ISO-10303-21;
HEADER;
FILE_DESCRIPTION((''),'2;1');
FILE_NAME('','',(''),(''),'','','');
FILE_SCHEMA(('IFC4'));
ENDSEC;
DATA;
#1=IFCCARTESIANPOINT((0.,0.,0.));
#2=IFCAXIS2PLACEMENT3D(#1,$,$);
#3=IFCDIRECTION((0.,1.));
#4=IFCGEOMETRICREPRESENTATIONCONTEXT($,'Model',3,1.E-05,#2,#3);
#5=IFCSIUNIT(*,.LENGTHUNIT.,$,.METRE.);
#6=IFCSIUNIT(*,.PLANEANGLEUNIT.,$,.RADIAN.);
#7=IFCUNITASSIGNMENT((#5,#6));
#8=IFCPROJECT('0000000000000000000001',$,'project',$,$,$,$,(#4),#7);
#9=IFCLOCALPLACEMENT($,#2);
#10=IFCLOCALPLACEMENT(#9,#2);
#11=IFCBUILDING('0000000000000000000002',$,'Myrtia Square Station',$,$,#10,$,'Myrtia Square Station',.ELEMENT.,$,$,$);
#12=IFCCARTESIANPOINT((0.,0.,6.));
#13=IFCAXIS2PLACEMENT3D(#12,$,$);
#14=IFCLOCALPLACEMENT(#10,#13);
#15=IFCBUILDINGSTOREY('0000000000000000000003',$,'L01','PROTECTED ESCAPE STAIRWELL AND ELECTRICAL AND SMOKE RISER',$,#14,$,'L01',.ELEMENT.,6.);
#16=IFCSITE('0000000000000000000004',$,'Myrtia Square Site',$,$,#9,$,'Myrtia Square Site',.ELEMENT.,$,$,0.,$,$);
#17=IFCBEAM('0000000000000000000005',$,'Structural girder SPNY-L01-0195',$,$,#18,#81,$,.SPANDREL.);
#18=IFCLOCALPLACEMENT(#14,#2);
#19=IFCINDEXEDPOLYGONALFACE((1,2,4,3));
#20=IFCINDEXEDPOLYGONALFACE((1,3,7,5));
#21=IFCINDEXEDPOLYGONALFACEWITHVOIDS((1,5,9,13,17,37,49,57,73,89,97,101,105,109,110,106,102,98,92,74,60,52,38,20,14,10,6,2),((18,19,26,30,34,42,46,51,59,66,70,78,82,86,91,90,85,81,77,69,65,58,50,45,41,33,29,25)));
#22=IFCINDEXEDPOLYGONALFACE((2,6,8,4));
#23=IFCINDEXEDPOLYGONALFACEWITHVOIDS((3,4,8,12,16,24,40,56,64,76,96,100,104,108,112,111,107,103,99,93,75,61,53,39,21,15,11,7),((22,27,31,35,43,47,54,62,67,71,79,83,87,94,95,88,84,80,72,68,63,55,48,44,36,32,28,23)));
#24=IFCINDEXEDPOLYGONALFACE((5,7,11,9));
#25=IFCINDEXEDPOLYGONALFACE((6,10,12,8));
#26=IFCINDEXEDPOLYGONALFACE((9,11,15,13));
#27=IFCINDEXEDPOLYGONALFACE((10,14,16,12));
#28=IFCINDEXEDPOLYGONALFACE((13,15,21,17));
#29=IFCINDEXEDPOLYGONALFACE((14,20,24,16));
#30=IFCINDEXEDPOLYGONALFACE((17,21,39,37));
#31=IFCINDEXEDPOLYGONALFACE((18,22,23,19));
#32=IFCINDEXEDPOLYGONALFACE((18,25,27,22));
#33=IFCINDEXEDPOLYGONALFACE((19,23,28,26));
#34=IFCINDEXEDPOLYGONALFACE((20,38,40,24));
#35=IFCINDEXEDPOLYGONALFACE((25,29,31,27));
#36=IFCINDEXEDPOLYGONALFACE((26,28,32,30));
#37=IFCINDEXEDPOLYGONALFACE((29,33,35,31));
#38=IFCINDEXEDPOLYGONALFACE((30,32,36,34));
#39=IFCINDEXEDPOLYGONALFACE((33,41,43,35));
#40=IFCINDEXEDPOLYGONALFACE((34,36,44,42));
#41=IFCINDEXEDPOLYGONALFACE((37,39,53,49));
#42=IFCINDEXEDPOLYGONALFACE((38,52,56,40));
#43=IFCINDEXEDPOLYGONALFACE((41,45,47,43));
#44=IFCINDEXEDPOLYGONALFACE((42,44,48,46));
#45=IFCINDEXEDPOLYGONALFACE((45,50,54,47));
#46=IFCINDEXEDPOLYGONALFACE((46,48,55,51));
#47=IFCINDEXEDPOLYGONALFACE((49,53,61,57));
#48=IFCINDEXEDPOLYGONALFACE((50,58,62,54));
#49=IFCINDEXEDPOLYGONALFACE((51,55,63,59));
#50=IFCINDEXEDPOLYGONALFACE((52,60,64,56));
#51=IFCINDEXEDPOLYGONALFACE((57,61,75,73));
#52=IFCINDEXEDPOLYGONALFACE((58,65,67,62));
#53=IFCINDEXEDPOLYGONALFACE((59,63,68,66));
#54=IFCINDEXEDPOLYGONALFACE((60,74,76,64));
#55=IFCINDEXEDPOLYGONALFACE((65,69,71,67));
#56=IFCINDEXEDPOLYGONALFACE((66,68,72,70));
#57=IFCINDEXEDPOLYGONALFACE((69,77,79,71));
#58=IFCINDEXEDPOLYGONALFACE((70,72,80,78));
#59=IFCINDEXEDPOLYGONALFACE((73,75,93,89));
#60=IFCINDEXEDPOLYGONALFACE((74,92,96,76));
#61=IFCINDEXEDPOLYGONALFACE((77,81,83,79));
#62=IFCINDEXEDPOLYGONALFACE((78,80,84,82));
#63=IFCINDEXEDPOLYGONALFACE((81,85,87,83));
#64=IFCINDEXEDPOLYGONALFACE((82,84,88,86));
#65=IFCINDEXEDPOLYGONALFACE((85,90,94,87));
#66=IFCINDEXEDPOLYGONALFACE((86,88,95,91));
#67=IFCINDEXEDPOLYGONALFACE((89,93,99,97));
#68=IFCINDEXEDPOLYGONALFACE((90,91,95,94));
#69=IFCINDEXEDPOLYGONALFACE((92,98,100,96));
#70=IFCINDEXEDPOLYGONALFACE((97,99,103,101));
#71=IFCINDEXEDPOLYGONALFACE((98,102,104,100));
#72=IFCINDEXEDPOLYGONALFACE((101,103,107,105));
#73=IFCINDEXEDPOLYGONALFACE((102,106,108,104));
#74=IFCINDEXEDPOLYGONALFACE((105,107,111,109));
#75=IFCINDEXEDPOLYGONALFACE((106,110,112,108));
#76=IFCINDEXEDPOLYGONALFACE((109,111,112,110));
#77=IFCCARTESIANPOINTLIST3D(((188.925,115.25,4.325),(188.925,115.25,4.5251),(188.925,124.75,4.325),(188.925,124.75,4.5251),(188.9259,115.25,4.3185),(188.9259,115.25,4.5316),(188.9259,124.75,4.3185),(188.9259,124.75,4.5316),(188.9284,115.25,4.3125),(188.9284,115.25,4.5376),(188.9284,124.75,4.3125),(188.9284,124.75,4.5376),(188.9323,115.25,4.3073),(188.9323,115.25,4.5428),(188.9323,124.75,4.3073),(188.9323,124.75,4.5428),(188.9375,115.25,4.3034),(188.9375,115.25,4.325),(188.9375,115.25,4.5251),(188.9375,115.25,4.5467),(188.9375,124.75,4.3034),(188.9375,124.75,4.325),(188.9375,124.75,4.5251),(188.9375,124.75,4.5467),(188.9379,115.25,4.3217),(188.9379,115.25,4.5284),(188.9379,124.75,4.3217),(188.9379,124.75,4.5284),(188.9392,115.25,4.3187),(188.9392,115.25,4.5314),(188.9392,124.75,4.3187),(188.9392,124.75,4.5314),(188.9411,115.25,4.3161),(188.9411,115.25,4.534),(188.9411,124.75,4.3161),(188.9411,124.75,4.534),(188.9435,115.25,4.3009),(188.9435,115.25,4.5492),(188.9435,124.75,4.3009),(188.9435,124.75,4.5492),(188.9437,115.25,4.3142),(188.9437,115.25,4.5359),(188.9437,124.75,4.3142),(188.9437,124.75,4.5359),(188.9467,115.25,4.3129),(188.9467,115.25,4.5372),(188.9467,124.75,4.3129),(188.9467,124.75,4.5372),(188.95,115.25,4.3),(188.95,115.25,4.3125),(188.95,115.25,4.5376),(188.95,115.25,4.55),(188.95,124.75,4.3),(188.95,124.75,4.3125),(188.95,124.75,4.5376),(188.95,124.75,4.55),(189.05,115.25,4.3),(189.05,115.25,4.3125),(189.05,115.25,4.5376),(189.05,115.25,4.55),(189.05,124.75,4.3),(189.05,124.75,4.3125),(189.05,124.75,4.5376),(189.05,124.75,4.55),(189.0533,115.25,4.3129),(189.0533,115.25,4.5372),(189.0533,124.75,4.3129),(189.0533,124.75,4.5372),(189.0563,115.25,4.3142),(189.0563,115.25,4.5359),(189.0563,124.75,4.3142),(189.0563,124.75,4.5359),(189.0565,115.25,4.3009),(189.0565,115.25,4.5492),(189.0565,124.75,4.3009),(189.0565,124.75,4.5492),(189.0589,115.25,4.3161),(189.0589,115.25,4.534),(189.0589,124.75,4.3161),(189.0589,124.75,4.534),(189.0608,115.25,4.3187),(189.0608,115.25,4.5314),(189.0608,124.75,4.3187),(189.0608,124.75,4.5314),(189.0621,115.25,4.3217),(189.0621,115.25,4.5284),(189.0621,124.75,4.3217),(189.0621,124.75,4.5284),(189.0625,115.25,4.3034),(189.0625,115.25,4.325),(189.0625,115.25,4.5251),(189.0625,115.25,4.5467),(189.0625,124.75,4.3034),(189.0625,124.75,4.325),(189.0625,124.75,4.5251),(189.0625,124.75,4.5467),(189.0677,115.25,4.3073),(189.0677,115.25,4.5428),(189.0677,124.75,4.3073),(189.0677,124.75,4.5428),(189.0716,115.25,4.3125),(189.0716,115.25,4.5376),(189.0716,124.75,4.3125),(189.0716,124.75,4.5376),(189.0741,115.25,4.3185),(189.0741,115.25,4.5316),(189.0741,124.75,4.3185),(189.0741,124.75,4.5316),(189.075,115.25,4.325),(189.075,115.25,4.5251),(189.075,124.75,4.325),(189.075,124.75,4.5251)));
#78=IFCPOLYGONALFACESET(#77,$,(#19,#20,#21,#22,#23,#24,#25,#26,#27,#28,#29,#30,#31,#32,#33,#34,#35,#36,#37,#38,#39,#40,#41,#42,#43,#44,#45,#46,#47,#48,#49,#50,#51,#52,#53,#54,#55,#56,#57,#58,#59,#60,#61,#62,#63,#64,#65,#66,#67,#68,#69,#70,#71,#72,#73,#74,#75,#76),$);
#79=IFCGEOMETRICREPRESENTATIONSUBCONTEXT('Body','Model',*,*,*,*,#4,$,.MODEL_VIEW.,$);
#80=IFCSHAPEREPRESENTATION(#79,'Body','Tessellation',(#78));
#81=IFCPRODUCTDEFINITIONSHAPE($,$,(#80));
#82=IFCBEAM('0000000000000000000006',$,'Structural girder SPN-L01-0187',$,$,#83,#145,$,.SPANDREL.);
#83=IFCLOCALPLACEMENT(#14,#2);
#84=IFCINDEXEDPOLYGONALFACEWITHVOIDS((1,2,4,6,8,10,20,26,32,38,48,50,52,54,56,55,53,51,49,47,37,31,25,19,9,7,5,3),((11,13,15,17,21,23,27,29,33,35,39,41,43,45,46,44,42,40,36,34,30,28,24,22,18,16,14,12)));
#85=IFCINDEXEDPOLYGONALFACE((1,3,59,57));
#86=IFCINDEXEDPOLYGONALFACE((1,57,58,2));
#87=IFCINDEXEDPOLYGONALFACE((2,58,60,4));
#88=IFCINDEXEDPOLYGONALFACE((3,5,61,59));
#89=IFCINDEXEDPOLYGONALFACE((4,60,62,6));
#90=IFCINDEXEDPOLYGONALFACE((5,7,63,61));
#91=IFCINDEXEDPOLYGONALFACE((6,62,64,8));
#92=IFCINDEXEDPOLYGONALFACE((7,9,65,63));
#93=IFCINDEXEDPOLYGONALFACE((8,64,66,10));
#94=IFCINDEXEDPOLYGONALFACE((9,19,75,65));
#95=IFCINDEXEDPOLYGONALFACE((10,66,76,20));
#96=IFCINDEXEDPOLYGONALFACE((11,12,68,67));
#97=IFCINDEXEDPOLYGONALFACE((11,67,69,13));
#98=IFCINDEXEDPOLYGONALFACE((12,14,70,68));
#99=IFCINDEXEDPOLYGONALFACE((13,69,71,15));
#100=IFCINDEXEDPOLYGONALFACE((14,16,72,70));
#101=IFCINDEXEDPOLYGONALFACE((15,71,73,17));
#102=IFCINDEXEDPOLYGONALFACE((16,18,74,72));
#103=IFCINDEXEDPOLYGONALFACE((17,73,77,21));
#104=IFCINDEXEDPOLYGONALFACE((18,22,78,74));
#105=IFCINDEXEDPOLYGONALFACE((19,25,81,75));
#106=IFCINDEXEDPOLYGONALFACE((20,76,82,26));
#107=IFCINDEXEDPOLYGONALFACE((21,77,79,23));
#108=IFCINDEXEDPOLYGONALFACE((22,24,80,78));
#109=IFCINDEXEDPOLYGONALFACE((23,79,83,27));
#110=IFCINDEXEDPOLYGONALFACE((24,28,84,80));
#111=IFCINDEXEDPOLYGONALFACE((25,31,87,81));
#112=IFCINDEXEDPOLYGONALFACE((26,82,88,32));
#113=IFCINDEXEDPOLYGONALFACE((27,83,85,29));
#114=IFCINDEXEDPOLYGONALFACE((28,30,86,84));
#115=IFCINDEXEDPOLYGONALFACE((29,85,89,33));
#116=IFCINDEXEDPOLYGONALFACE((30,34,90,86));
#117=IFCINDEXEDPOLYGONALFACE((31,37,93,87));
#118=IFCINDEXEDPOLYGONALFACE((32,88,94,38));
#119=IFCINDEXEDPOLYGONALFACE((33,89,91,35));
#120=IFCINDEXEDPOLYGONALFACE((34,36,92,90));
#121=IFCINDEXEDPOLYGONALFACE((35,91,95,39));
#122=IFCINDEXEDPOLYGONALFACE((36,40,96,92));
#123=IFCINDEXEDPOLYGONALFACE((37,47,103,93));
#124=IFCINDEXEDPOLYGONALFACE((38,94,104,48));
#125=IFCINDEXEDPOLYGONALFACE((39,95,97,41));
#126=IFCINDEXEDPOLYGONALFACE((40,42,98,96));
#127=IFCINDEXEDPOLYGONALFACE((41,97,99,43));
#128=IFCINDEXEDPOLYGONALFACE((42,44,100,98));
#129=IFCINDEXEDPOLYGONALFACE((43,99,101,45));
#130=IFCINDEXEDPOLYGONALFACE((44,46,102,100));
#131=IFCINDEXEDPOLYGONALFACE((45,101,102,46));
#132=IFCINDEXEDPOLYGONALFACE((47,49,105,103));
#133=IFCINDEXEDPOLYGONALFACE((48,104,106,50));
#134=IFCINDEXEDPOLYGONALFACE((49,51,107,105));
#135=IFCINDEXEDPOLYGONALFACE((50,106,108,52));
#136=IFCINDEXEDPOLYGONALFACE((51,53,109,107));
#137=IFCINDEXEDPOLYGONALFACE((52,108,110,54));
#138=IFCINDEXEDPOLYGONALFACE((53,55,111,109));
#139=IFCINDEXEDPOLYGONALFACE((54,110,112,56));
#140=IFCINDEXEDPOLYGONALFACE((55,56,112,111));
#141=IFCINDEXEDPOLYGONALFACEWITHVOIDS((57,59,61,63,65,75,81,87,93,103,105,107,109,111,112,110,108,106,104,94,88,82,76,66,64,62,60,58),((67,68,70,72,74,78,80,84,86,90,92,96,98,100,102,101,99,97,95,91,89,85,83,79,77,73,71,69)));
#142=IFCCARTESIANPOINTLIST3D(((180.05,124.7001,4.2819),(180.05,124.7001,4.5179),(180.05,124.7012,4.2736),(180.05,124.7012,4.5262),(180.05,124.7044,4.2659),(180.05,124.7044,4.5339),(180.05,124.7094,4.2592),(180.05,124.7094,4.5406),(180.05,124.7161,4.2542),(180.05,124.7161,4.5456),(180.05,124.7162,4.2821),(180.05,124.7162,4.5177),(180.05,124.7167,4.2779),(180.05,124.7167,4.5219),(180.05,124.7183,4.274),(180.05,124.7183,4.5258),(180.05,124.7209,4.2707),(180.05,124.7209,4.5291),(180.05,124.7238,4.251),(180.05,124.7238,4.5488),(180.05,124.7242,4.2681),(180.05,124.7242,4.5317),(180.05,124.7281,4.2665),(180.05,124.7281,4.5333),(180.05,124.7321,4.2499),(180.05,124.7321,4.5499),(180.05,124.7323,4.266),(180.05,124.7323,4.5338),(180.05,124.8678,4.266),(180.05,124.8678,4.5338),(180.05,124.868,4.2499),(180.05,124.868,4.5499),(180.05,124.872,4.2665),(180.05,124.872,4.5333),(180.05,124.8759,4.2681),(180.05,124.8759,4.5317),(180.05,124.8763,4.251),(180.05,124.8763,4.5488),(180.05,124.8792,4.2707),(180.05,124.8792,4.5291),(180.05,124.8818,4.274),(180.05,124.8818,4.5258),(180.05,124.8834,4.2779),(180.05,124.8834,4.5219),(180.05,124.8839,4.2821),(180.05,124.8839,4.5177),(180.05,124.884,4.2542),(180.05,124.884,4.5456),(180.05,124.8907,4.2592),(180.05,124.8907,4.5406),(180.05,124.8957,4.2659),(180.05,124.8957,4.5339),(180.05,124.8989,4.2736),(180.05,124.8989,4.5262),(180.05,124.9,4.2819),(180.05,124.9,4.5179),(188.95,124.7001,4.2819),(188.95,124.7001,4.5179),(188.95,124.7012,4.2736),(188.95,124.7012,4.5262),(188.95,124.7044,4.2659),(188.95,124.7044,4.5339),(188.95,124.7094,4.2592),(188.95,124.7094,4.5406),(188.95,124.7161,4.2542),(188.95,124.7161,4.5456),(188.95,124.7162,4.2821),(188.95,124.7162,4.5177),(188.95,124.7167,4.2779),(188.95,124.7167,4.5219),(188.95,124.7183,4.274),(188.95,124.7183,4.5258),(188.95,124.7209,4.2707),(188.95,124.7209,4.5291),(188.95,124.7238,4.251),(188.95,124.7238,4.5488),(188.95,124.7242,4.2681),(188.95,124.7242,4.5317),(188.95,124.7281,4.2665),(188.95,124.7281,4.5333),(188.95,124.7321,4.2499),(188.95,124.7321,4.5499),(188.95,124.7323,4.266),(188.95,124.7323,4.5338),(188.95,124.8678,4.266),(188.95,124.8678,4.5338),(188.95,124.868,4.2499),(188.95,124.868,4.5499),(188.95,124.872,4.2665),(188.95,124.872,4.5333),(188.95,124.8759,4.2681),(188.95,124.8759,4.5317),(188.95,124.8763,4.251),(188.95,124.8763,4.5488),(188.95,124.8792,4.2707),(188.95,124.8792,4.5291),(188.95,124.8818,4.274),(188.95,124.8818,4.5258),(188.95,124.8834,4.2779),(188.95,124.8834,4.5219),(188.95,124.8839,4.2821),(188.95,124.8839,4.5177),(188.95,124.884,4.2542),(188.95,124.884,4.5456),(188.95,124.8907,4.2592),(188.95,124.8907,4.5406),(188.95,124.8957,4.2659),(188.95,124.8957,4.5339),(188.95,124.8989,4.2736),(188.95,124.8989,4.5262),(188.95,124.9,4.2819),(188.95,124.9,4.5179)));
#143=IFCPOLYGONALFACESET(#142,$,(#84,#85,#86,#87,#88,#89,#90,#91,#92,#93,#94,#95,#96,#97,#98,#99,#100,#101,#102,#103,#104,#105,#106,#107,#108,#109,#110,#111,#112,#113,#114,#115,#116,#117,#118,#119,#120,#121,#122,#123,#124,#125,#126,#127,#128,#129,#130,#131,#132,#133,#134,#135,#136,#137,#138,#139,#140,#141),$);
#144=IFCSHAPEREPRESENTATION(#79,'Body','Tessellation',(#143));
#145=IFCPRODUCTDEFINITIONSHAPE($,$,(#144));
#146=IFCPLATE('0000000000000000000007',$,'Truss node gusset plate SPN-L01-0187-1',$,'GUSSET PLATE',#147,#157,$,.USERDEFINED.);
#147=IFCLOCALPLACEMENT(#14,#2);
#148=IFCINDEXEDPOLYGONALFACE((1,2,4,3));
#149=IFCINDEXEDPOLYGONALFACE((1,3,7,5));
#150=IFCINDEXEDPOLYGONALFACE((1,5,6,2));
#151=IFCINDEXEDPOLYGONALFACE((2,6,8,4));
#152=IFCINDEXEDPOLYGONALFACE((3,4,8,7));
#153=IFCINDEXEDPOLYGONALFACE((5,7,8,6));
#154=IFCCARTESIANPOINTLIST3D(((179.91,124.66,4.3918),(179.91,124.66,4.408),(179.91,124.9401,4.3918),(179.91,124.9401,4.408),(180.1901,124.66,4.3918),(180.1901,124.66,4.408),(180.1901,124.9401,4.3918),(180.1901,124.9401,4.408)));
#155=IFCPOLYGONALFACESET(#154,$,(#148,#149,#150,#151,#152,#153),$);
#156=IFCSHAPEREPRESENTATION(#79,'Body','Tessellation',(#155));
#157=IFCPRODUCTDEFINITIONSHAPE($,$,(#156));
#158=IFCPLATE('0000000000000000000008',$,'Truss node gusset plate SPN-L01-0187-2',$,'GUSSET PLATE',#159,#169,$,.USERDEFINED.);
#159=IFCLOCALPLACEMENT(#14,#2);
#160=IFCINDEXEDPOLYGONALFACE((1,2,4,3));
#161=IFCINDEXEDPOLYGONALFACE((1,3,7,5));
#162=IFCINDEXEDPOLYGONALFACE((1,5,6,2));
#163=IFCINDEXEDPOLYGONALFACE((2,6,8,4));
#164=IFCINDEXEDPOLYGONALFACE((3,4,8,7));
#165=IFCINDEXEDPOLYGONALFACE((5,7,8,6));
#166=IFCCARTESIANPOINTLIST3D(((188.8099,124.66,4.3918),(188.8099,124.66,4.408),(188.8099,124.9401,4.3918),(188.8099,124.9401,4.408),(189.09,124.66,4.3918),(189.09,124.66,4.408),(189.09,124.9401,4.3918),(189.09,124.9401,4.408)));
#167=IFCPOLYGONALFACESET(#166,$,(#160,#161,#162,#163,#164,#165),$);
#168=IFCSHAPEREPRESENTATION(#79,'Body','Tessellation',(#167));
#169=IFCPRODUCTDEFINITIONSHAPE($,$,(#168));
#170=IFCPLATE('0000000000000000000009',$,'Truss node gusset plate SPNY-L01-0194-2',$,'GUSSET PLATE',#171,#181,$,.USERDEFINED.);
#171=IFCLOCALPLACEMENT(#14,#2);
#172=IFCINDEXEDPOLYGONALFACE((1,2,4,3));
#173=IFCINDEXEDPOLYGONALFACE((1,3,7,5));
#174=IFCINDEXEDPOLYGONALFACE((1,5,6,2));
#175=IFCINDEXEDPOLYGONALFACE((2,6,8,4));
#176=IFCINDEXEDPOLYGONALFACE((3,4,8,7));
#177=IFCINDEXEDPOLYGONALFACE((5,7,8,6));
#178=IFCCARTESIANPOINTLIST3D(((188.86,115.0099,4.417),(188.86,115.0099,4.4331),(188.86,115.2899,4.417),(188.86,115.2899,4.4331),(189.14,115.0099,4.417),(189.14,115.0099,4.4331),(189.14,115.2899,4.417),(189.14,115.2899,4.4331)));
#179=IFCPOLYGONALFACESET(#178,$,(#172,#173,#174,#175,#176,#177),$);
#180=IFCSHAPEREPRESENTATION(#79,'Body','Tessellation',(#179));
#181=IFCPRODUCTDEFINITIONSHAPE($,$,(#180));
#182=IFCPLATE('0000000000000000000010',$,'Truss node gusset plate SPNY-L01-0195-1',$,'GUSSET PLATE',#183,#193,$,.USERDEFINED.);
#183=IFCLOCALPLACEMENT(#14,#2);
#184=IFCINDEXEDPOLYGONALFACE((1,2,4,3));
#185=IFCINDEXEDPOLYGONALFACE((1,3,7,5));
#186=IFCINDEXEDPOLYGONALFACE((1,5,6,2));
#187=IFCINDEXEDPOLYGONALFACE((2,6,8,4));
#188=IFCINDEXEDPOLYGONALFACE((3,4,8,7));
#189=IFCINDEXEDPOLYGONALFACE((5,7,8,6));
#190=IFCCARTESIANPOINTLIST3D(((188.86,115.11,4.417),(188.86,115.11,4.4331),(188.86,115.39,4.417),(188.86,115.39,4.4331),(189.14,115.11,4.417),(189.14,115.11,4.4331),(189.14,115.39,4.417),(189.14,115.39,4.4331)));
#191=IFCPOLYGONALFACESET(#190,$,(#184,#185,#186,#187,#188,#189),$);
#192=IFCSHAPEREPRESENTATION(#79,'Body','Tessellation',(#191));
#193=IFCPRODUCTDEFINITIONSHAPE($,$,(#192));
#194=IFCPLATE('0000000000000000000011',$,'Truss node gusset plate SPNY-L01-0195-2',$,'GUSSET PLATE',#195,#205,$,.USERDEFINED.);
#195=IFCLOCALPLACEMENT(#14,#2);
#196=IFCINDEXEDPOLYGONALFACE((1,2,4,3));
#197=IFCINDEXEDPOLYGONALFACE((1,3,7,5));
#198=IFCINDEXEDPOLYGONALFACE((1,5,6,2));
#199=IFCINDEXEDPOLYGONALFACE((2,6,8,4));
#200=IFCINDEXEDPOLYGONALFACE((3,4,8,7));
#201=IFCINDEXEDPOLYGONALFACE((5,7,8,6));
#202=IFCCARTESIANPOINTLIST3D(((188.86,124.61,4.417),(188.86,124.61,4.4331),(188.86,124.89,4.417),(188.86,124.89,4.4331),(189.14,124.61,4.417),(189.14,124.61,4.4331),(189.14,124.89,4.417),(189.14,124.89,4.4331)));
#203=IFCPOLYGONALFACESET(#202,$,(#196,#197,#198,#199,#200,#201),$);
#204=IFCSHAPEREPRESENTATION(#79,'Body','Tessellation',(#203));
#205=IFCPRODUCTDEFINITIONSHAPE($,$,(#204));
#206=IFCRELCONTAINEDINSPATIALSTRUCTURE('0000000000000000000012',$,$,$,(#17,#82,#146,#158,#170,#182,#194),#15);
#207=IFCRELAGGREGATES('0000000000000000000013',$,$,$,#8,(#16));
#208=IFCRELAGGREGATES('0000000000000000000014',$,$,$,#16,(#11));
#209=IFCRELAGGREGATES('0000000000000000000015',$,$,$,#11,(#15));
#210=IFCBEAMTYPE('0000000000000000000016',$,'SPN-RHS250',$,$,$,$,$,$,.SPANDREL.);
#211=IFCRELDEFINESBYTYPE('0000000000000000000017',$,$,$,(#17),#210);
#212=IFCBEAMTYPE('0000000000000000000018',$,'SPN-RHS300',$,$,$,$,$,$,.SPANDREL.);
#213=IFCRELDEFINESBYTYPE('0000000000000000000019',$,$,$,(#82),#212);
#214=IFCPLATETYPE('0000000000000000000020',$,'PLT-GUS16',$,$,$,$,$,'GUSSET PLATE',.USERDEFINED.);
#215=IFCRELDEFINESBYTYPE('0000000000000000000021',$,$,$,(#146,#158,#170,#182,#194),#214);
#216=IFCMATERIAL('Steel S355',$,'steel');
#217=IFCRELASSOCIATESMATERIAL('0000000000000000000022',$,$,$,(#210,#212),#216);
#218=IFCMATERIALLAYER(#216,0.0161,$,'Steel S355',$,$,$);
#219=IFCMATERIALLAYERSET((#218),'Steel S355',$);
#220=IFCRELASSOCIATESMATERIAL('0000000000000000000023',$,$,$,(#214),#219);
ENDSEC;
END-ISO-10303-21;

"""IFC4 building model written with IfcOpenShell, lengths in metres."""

from ifc_helpers import new_model, si_unit, direction, frame, origin, origin_2d, place, context, subcontext, project, spatial, rectangle, hollow_rectangle, extrude, material, layer, layer_set, material_profile, profile_set, type_object, element, save


model = new_model("IFC4")

# Units and contexts
model_context = context("Model", 3, precision=1e-05, world=origin(), true_north=direction((0.0, 1.0)))
body_context = subcontext(model_context, "Body", "Model", "MODEL_VIEW")
ifc_project = project(units=[si_unit("LENGTHUNIT", "METRE"), si_unit("PLANEANGLEUNIT", "RADIAN")], contexts=[model_context])

# Site, building, storey
site_placement = place(None, origin())
site = spatial("IfcSite", under=ifc_project, at=site_placement, Name="Myrtia Square Site", LongName="Myrtia Square Site", CompositionType="ELEMENT", RefElevation=0.0)
building_placement = place(site_placement, origin())
building = spatial("IfcBuilding", under=site, at=building_placement, Name="Myrtia Square Station", LongName="Myrtia Square Station", CompositionType="ELEMENT")
storey_placement = place(building_placement, frame((0.0, 0.0, 6.0)))
storey = spatial("IfcBuildingStorey", under=building, at=storey_placement, Name="L01", Description="PROTECTED ESCAPE STAIRWELL AND ELECTRICAL AND SMOKE RISER", LongName="L01", CompositionType="ELEMENT", Elevation=6.0)

# Shared definitions
ifc_material_1 = material(Name="Steel S355", Category="steel")

# Beams
ifc_material_profile_1 = material_profile(ifc_material_1, hollow_rectangle(XDim=0.1499, YDim=0.25, WallThickness=0.0125, InnerFilletRadius=0.0125, OuterFilletRadius=0.0249, at=origin_2d()), Name="RHS 250x150x12.5")
ifc_profile_set_1 = profile_set([ifc_material_profile_1], Name="Steel S355")
beam_type_1 = type_object("IfcBeamType", Name="SPN-RHS250", PredefinedType="SPANDREL", material=ifc_profile_set_1)
beam_1_placement = place(storey_placement, frame((189.0, 115.25, 4.425), z_axis=(0.0, 1.0, 0.0), x_axis=(-1.0, 0.0, 0.0)))
element("IfcBeam", 1, at=beam_1_placement, inside=storey, type_object=beam_type_1, Name="Structural girder SPNY-L01-0195", PredefinedType="SPANDREL", context=body_context, shape_type="SweptSolid", body=[
    extrude(hollow_rectangle(XDim=0.1499, YDim=0.25, WallThickness=0.0125, InnerFilletRadius=0.0125, OuterFilletRadius=0.0249, at=origin_2d()), origin(), (0.0, 0.0, 1.0), 9.5),
])
ifc_material_profile_2 = material_profile(ifc_material_1, hollow_rectangle(XDim=0.2, YDim=0.3, WallThickness=0.0161, InnerFilletRadius=0.0161, OuterFilletRadius=0.032, at=origin_2d()), Name="RHS 300x200x16")
ifc_profile_set_2 = profile_set([ifc_material_profile_2], Name="Steel S355")
beam_type_2 = type_object("IfcBeamType", Name="SPN-RHS300", PredefinedType="SPANDREL", material=ifc_profile_set_2)
beam_2_placement = place(storey_placement, frame((180.05, 124.8, 4.3999), z_axis=(1.0, 0.0, 0.0), x_axis=(0.0, 1.0, 0.0)))
element("IfcBeam", 2, at=beam_2_placement, inside=storey, type_object=beam_type_2, Name="Structural girder SPN-L01-0187", PredefinedType="SPANDREL", context=body_context, shape_type="SweptSolid", body=[
    extrude(hollow_rectangle(XDim=0.2, YDim=0.3, WallThickness=0.0161, InnerFilletRadius=0.0161, OuterFilletRadius=0.032, at=origin_2d()), origin(), (0.0, 0.0, 1.0), 8.8999),
])

# Plates
ifc_layer_1 = layer(ifc_material_1, 0.0161, Name="Steel S355")
ifc_layer_set_1 = layer_set([ifc_layer_1], Name="Steel S355")
plate_type = type_object("IfcPlateType", Name="PLT-GUS16", ElementType="GUSSET PLATE", PredefinedType="USERDEFINED", material=ifc_layer_set_1)
for number, where, z_axis, x_axis, name in (
    (3, (180.05, 124.8, 4.3918), (0.0, 0.0, 1.0), (1.0, 0.0, 0.0), "Truss node gusset plate SPN-L01-0187-1"),
    (4, (188.95, 124.8, 4.3918), (0.0, 0.0, 1.0), (1.0, 0.0, 0.0), "Truss node gusset plate SPN-L01-0187-2"),
    (5, (189.0, 115.1499, 4.417), (0.0, 0.0, 1.0), (0.0, 1.0, 0.0), "Truss node gusset plate SPNY-L01-0194-2"),
    (6, (189.0, 115.25, 4.417), (0.0, 0.0, 1.0), (0.0, 1.0, 0.0), "Truss node gusset plate SPNY-L01-0195-1"),
    (7, (189.0, 124.75, 4.417), (0.0, 0.0, 1.0), (0.0, 1.0, 0.0), "Truss node gusset plate SPNY-L01-0195-2"),
):
    element("IfcPlate", number, at=place(storey_placement, frame(where, z_axis=z_axis, x_axis=x_axis)), inside=storey, type_object=plate_type, Name=name, ObjectType="GUSSET PLATE", PredefinedType="USERDEFINED", context=body_context, shape_type="SweptSolid", body=[
        extrude(rectangle(XDim=0.28, YDim=0.28, at=origin_2d()), origin(), (0.0, 0.0, 1.0), 0.0161),
    ])

save(model, "model.ifc")
